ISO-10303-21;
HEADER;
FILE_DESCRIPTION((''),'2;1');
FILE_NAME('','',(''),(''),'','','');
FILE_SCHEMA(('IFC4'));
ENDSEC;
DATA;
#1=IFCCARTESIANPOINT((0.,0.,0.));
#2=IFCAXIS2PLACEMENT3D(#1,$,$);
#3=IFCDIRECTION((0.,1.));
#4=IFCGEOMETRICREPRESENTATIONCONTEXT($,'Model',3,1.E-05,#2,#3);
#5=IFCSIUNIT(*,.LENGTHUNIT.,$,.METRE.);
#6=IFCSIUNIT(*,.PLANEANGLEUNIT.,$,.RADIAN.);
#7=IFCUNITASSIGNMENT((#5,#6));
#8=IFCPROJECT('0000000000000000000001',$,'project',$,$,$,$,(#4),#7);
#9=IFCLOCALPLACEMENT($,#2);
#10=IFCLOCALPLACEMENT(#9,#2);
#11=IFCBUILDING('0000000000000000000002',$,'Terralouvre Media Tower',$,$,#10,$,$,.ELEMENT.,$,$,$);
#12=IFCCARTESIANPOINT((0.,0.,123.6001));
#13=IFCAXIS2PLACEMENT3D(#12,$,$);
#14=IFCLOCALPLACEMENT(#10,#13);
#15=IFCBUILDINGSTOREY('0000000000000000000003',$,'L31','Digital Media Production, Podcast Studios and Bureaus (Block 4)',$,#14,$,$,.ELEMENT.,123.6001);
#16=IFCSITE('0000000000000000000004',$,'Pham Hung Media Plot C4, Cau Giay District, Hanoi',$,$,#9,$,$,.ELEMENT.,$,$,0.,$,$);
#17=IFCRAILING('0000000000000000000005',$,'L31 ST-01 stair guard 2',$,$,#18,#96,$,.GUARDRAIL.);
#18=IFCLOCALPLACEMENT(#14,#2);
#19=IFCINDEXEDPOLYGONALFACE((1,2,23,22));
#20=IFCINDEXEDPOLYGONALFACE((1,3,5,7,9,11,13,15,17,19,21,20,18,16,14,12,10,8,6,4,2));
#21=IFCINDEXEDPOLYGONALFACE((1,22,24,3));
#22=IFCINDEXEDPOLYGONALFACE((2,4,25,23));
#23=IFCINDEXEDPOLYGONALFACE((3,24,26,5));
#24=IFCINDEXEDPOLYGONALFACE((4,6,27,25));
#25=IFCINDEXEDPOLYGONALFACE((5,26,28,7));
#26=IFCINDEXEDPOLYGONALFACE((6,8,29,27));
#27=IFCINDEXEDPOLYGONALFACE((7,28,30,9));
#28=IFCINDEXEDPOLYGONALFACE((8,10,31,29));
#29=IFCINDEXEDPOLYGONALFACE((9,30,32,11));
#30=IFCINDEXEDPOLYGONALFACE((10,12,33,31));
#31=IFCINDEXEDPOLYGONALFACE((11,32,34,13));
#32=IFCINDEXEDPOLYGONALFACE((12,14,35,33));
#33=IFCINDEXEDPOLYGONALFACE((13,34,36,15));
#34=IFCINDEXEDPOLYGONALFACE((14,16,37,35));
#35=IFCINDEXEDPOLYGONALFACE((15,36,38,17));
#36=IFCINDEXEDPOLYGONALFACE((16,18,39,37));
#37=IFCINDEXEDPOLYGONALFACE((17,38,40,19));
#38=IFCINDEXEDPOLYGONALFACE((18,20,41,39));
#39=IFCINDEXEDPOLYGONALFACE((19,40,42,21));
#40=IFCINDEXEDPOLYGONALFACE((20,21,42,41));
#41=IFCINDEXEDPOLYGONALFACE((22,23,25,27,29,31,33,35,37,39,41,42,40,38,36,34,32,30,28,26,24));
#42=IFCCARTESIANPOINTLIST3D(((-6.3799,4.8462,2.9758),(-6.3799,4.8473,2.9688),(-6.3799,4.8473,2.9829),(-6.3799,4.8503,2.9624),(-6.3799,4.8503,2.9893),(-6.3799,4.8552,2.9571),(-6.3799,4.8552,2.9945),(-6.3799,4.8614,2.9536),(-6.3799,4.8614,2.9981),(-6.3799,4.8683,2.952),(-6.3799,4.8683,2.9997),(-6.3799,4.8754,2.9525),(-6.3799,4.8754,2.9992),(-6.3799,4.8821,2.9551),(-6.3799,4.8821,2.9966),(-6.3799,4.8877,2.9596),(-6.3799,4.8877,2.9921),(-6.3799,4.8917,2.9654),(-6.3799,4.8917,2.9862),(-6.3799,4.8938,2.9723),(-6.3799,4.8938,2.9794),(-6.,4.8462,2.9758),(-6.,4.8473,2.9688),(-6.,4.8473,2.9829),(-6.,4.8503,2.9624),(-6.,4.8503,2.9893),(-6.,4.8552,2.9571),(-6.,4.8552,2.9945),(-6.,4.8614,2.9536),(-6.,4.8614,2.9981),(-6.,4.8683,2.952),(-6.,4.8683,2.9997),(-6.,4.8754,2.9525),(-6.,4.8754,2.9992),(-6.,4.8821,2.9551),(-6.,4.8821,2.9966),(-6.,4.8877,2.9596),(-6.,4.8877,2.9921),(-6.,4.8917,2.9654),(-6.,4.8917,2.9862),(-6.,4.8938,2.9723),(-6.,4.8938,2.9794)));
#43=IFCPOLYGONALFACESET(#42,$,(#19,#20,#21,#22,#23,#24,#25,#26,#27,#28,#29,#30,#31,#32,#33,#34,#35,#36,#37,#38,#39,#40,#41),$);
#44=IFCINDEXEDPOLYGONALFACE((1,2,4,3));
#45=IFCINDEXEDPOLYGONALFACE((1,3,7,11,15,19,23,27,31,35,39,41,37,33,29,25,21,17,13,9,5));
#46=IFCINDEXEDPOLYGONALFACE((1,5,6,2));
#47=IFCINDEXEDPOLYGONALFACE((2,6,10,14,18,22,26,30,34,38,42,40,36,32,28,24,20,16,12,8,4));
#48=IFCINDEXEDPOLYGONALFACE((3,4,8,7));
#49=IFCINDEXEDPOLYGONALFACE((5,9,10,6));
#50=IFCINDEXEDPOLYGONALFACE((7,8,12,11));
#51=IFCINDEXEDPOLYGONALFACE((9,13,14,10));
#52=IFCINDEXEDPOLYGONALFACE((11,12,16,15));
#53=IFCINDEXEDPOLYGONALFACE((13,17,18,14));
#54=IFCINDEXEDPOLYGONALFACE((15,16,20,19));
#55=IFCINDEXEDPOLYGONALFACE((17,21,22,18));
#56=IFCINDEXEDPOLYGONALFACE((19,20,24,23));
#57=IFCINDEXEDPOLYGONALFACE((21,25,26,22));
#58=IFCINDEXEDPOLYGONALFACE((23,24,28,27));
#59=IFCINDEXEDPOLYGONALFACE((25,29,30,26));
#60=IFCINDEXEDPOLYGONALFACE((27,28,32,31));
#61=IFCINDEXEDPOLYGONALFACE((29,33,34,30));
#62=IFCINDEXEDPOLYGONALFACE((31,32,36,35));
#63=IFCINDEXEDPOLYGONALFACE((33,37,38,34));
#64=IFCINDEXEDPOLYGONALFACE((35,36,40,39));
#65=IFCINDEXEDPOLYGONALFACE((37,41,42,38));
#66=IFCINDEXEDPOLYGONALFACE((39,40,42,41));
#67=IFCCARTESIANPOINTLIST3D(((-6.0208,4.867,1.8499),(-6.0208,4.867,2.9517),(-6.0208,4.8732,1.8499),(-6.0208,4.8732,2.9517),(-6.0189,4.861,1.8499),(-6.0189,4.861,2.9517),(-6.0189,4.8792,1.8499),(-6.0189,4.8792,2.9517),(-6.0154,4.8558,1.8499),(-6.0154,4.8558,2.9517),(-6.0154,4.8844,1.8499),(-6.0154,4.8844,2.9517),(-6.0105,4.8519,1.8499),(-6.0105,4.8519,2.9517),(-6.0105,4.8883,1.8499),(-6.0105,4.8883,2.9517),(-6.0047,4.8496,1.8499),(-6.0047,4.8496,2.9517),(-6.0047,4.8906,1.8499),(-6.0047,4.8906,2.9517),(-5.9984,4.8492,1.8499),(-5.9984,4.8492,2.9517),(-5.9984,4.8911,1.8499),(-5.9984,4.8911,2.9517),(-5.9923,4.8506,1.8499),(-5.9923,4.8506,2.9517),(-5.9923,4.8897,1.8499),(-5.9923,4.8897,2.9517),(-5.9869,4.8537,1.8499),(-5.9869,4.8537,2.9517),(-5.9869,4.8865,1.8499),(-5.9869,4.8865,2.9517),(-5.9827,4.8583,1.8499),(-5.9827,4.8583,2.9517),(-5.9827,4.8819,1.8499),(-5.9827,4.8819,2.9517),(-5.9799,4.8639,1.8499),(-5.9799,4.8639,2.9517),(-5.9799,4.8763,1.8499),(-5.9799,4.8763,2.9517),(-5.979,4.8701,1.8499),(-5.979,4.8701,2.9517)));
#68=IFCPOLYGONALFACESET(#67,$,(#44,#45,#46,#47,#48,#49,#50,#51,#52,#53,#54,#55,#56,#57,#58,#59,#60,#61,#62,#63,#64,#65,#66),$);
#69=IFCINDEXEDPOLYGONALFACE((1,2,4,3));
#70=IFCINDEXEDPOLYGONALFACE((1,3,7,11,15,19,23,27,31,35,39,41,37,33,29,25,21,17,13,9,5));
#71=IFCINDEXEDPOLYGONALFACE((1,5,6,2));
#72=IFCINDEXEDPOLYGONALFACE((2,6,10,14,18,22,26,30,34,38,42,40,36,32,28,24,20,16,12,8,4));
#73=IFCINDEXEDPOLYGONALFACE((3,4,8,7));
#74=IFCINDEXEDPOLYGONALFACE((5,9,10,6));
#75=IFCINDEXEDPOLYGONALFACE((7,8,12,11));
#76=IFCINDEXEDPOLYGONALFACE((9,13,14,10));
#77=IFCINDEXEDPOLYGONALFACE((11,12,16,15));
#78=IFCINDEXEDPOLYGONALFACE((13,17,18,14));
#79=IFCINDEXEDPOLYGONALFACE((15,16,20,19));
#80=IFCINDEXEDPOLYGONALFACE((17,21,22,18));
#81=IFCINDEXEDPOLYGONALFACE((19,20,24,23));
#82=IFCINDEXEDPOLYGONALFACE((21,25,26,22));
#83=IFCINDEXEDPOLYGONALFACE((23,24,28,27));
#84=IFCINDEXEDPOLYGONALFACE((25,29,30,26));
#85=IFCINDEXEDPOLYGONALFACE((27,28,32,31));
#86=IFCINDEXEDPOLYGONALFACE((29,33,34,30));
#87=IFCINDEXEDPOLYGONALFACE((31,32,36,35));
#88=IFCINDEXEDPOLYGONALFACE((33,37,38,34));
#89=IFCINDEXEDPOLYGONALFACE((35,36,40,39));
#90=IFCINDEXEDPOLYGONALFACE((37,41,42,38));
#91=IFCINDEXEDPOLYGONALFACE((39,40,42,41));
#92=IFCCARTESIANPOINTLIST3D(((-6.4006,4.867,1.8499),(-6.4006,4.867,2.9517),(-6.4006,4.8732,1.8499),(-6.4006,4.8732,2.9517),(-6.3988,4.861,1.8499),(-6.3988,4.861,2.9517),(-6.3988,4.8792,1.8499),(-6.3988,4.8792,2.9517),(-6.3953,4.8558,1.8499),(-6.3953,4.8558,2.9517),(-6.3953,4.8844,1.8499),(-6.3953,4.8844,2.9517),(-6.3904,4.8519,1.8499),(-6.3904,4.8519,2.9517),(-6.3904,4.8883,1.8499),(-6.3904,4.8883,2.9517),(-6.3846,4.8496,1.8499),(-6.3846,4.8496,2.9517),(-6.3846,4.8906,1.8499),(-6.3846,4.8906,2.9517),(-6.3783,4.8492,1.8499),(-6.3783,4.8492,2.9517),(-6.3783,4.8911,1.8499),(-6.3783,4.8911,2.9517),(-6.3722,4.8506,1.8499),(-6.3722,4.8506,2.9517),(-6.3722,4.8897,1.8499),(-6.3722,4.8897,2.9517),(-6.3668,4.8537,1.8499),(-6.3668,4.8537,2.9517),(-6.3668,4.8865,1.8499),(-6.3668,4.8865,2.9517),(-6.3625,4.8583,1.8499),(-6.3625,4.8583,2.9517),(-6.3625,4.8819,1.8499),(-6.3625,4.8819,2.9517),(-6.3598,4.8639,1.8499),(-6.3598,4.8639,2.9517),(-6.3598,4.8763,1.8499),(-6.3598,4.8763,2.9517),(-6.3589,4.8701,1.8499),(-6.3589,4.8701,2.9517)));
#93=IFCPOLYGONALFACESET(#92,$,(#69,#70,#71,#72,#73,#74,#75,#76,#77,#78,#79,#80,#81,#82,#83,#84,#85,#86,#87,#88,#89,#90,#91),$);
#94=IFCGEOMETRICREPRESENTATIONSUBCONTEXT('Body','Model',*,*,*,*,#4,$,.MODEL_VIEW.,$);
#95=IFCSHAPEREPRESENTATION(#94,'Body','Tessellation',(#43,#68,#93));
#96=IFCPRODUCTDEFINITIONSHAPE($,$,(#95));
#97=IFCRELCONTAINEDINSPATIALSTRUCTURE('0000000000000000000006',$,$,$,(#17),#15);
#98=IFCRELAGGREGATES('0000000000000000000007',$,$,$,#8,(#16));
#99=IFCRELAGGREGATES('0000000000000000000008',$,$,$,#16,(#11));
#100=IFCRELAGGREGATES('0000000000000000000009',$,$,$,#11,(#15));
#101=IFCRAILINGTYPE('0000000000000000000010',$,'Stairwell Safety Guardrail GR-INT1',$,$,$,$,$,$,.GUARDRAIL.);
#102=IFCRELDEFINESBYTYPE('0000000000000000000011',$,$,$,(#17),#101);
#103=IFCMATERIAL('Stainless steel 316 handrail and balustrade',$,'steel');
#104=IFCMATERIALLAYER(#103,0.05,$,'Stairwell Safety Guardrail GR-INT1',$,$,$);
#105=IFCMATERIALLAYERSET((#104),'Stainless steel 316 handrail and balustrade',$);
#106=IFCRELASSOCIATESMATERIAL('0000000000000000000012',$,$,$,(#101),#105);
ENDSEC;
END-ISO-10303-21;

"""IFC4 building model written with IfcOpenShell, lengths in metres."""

from ifc_helpers import new_model, si_unit, direction, frame, origin, origin_2d, place, context, subcontext, project, spatial, circle, extrude, material, layer, layer_set, type_object, element, save


model = new_model("IFC4")

# Units and contexts
model_context = context("Model", 3, precision=1e-05, world=origin(), true_north=direction((0.0, 1.0)))
body_context = subcontext(model_context, "Body", "Model", "MODEL_VIEW")
ifc_project = project(units=[si_unit("LENGTHUNIT", "METRE"), si_unit("PLANEANGLEUNIT", "RADIAN")], contexts=[model_context])

# Site, building, storey
site_placement = place(None, origin())
site = spatial("IfcSite", under=ifc_project, at=site_placement, Name="Pham Hung Media Plot C4, Cau Giay District, Hanoi", CompositionType="ELEMENT", RefElevation=0.0)
building_placement = place(site_placement, origin())
building = spatial("IfcBuilding", under=site, at=building_placement, Name="Terralouvre Media Tower", CompositionType="ELEMENT")
storey_placement = place(building_placement, frame((0.0, 0.0, 123.6001)))
storey = spatial("IfcBuildingStorey", under=building, at=storey_placement, Name="L31", Description="Digital Media Production, Podcast Studios and Bureaus (Block 4)", CompositionType="ELEMENT", Elevation=123.6001)

# Railing
ifc_material_1 = material(Name="Stainless steel 316 handrail and balustrade", Category="steel")
ifc_layer_1 = layer(ifc_material_1, 0.05, Name="Stairwell Safety Guardrail GR-INT1")
ifc_layer_set_1 = layer_set([ifc_layer_1], Name="Stainless steel 316 handrail and balustrade")
railing_type_1 = type_object("IfcRailingType", Name="Stairwell Safety Guardrail GR-INT1", PredefinedType="GUARDRAIL", material=ifc_layer_set_1)
railing_1_placement = place(storey_placement, frame((-6.0, 4.8701, 1.8499)))
element("IfcRailing", 1, at=railing_1_placement, inside=storey, type_object=railing_type_1, Name="L31 ST-01 stair guard 2", PredefinedType="GUARDRAIL", context=body_context, shape_type="SweptSolid", body=[
    extrude(circle(Radius=0.0239, at=origin_2d()), frame((0.0, 0.0, 1.126), z_axis=(-1.0, 0.0, 0.0), x_axis=(0.0, -1.0, 0.0)), (0.0, 0.0, 1.0), 0.3799),
    extrude(circle(Radius=0.021, at=origin_2d()), origin(), (0.0, 0.0, 1.0), 1.1018),
    extrude(circle(Radius=0.021, at=origin_2d()), frame((-0.3799, 0.0, 0.0)), (0.0, 0.0, 1.0), 1.1018),
])

save(model, "model.ifc")
